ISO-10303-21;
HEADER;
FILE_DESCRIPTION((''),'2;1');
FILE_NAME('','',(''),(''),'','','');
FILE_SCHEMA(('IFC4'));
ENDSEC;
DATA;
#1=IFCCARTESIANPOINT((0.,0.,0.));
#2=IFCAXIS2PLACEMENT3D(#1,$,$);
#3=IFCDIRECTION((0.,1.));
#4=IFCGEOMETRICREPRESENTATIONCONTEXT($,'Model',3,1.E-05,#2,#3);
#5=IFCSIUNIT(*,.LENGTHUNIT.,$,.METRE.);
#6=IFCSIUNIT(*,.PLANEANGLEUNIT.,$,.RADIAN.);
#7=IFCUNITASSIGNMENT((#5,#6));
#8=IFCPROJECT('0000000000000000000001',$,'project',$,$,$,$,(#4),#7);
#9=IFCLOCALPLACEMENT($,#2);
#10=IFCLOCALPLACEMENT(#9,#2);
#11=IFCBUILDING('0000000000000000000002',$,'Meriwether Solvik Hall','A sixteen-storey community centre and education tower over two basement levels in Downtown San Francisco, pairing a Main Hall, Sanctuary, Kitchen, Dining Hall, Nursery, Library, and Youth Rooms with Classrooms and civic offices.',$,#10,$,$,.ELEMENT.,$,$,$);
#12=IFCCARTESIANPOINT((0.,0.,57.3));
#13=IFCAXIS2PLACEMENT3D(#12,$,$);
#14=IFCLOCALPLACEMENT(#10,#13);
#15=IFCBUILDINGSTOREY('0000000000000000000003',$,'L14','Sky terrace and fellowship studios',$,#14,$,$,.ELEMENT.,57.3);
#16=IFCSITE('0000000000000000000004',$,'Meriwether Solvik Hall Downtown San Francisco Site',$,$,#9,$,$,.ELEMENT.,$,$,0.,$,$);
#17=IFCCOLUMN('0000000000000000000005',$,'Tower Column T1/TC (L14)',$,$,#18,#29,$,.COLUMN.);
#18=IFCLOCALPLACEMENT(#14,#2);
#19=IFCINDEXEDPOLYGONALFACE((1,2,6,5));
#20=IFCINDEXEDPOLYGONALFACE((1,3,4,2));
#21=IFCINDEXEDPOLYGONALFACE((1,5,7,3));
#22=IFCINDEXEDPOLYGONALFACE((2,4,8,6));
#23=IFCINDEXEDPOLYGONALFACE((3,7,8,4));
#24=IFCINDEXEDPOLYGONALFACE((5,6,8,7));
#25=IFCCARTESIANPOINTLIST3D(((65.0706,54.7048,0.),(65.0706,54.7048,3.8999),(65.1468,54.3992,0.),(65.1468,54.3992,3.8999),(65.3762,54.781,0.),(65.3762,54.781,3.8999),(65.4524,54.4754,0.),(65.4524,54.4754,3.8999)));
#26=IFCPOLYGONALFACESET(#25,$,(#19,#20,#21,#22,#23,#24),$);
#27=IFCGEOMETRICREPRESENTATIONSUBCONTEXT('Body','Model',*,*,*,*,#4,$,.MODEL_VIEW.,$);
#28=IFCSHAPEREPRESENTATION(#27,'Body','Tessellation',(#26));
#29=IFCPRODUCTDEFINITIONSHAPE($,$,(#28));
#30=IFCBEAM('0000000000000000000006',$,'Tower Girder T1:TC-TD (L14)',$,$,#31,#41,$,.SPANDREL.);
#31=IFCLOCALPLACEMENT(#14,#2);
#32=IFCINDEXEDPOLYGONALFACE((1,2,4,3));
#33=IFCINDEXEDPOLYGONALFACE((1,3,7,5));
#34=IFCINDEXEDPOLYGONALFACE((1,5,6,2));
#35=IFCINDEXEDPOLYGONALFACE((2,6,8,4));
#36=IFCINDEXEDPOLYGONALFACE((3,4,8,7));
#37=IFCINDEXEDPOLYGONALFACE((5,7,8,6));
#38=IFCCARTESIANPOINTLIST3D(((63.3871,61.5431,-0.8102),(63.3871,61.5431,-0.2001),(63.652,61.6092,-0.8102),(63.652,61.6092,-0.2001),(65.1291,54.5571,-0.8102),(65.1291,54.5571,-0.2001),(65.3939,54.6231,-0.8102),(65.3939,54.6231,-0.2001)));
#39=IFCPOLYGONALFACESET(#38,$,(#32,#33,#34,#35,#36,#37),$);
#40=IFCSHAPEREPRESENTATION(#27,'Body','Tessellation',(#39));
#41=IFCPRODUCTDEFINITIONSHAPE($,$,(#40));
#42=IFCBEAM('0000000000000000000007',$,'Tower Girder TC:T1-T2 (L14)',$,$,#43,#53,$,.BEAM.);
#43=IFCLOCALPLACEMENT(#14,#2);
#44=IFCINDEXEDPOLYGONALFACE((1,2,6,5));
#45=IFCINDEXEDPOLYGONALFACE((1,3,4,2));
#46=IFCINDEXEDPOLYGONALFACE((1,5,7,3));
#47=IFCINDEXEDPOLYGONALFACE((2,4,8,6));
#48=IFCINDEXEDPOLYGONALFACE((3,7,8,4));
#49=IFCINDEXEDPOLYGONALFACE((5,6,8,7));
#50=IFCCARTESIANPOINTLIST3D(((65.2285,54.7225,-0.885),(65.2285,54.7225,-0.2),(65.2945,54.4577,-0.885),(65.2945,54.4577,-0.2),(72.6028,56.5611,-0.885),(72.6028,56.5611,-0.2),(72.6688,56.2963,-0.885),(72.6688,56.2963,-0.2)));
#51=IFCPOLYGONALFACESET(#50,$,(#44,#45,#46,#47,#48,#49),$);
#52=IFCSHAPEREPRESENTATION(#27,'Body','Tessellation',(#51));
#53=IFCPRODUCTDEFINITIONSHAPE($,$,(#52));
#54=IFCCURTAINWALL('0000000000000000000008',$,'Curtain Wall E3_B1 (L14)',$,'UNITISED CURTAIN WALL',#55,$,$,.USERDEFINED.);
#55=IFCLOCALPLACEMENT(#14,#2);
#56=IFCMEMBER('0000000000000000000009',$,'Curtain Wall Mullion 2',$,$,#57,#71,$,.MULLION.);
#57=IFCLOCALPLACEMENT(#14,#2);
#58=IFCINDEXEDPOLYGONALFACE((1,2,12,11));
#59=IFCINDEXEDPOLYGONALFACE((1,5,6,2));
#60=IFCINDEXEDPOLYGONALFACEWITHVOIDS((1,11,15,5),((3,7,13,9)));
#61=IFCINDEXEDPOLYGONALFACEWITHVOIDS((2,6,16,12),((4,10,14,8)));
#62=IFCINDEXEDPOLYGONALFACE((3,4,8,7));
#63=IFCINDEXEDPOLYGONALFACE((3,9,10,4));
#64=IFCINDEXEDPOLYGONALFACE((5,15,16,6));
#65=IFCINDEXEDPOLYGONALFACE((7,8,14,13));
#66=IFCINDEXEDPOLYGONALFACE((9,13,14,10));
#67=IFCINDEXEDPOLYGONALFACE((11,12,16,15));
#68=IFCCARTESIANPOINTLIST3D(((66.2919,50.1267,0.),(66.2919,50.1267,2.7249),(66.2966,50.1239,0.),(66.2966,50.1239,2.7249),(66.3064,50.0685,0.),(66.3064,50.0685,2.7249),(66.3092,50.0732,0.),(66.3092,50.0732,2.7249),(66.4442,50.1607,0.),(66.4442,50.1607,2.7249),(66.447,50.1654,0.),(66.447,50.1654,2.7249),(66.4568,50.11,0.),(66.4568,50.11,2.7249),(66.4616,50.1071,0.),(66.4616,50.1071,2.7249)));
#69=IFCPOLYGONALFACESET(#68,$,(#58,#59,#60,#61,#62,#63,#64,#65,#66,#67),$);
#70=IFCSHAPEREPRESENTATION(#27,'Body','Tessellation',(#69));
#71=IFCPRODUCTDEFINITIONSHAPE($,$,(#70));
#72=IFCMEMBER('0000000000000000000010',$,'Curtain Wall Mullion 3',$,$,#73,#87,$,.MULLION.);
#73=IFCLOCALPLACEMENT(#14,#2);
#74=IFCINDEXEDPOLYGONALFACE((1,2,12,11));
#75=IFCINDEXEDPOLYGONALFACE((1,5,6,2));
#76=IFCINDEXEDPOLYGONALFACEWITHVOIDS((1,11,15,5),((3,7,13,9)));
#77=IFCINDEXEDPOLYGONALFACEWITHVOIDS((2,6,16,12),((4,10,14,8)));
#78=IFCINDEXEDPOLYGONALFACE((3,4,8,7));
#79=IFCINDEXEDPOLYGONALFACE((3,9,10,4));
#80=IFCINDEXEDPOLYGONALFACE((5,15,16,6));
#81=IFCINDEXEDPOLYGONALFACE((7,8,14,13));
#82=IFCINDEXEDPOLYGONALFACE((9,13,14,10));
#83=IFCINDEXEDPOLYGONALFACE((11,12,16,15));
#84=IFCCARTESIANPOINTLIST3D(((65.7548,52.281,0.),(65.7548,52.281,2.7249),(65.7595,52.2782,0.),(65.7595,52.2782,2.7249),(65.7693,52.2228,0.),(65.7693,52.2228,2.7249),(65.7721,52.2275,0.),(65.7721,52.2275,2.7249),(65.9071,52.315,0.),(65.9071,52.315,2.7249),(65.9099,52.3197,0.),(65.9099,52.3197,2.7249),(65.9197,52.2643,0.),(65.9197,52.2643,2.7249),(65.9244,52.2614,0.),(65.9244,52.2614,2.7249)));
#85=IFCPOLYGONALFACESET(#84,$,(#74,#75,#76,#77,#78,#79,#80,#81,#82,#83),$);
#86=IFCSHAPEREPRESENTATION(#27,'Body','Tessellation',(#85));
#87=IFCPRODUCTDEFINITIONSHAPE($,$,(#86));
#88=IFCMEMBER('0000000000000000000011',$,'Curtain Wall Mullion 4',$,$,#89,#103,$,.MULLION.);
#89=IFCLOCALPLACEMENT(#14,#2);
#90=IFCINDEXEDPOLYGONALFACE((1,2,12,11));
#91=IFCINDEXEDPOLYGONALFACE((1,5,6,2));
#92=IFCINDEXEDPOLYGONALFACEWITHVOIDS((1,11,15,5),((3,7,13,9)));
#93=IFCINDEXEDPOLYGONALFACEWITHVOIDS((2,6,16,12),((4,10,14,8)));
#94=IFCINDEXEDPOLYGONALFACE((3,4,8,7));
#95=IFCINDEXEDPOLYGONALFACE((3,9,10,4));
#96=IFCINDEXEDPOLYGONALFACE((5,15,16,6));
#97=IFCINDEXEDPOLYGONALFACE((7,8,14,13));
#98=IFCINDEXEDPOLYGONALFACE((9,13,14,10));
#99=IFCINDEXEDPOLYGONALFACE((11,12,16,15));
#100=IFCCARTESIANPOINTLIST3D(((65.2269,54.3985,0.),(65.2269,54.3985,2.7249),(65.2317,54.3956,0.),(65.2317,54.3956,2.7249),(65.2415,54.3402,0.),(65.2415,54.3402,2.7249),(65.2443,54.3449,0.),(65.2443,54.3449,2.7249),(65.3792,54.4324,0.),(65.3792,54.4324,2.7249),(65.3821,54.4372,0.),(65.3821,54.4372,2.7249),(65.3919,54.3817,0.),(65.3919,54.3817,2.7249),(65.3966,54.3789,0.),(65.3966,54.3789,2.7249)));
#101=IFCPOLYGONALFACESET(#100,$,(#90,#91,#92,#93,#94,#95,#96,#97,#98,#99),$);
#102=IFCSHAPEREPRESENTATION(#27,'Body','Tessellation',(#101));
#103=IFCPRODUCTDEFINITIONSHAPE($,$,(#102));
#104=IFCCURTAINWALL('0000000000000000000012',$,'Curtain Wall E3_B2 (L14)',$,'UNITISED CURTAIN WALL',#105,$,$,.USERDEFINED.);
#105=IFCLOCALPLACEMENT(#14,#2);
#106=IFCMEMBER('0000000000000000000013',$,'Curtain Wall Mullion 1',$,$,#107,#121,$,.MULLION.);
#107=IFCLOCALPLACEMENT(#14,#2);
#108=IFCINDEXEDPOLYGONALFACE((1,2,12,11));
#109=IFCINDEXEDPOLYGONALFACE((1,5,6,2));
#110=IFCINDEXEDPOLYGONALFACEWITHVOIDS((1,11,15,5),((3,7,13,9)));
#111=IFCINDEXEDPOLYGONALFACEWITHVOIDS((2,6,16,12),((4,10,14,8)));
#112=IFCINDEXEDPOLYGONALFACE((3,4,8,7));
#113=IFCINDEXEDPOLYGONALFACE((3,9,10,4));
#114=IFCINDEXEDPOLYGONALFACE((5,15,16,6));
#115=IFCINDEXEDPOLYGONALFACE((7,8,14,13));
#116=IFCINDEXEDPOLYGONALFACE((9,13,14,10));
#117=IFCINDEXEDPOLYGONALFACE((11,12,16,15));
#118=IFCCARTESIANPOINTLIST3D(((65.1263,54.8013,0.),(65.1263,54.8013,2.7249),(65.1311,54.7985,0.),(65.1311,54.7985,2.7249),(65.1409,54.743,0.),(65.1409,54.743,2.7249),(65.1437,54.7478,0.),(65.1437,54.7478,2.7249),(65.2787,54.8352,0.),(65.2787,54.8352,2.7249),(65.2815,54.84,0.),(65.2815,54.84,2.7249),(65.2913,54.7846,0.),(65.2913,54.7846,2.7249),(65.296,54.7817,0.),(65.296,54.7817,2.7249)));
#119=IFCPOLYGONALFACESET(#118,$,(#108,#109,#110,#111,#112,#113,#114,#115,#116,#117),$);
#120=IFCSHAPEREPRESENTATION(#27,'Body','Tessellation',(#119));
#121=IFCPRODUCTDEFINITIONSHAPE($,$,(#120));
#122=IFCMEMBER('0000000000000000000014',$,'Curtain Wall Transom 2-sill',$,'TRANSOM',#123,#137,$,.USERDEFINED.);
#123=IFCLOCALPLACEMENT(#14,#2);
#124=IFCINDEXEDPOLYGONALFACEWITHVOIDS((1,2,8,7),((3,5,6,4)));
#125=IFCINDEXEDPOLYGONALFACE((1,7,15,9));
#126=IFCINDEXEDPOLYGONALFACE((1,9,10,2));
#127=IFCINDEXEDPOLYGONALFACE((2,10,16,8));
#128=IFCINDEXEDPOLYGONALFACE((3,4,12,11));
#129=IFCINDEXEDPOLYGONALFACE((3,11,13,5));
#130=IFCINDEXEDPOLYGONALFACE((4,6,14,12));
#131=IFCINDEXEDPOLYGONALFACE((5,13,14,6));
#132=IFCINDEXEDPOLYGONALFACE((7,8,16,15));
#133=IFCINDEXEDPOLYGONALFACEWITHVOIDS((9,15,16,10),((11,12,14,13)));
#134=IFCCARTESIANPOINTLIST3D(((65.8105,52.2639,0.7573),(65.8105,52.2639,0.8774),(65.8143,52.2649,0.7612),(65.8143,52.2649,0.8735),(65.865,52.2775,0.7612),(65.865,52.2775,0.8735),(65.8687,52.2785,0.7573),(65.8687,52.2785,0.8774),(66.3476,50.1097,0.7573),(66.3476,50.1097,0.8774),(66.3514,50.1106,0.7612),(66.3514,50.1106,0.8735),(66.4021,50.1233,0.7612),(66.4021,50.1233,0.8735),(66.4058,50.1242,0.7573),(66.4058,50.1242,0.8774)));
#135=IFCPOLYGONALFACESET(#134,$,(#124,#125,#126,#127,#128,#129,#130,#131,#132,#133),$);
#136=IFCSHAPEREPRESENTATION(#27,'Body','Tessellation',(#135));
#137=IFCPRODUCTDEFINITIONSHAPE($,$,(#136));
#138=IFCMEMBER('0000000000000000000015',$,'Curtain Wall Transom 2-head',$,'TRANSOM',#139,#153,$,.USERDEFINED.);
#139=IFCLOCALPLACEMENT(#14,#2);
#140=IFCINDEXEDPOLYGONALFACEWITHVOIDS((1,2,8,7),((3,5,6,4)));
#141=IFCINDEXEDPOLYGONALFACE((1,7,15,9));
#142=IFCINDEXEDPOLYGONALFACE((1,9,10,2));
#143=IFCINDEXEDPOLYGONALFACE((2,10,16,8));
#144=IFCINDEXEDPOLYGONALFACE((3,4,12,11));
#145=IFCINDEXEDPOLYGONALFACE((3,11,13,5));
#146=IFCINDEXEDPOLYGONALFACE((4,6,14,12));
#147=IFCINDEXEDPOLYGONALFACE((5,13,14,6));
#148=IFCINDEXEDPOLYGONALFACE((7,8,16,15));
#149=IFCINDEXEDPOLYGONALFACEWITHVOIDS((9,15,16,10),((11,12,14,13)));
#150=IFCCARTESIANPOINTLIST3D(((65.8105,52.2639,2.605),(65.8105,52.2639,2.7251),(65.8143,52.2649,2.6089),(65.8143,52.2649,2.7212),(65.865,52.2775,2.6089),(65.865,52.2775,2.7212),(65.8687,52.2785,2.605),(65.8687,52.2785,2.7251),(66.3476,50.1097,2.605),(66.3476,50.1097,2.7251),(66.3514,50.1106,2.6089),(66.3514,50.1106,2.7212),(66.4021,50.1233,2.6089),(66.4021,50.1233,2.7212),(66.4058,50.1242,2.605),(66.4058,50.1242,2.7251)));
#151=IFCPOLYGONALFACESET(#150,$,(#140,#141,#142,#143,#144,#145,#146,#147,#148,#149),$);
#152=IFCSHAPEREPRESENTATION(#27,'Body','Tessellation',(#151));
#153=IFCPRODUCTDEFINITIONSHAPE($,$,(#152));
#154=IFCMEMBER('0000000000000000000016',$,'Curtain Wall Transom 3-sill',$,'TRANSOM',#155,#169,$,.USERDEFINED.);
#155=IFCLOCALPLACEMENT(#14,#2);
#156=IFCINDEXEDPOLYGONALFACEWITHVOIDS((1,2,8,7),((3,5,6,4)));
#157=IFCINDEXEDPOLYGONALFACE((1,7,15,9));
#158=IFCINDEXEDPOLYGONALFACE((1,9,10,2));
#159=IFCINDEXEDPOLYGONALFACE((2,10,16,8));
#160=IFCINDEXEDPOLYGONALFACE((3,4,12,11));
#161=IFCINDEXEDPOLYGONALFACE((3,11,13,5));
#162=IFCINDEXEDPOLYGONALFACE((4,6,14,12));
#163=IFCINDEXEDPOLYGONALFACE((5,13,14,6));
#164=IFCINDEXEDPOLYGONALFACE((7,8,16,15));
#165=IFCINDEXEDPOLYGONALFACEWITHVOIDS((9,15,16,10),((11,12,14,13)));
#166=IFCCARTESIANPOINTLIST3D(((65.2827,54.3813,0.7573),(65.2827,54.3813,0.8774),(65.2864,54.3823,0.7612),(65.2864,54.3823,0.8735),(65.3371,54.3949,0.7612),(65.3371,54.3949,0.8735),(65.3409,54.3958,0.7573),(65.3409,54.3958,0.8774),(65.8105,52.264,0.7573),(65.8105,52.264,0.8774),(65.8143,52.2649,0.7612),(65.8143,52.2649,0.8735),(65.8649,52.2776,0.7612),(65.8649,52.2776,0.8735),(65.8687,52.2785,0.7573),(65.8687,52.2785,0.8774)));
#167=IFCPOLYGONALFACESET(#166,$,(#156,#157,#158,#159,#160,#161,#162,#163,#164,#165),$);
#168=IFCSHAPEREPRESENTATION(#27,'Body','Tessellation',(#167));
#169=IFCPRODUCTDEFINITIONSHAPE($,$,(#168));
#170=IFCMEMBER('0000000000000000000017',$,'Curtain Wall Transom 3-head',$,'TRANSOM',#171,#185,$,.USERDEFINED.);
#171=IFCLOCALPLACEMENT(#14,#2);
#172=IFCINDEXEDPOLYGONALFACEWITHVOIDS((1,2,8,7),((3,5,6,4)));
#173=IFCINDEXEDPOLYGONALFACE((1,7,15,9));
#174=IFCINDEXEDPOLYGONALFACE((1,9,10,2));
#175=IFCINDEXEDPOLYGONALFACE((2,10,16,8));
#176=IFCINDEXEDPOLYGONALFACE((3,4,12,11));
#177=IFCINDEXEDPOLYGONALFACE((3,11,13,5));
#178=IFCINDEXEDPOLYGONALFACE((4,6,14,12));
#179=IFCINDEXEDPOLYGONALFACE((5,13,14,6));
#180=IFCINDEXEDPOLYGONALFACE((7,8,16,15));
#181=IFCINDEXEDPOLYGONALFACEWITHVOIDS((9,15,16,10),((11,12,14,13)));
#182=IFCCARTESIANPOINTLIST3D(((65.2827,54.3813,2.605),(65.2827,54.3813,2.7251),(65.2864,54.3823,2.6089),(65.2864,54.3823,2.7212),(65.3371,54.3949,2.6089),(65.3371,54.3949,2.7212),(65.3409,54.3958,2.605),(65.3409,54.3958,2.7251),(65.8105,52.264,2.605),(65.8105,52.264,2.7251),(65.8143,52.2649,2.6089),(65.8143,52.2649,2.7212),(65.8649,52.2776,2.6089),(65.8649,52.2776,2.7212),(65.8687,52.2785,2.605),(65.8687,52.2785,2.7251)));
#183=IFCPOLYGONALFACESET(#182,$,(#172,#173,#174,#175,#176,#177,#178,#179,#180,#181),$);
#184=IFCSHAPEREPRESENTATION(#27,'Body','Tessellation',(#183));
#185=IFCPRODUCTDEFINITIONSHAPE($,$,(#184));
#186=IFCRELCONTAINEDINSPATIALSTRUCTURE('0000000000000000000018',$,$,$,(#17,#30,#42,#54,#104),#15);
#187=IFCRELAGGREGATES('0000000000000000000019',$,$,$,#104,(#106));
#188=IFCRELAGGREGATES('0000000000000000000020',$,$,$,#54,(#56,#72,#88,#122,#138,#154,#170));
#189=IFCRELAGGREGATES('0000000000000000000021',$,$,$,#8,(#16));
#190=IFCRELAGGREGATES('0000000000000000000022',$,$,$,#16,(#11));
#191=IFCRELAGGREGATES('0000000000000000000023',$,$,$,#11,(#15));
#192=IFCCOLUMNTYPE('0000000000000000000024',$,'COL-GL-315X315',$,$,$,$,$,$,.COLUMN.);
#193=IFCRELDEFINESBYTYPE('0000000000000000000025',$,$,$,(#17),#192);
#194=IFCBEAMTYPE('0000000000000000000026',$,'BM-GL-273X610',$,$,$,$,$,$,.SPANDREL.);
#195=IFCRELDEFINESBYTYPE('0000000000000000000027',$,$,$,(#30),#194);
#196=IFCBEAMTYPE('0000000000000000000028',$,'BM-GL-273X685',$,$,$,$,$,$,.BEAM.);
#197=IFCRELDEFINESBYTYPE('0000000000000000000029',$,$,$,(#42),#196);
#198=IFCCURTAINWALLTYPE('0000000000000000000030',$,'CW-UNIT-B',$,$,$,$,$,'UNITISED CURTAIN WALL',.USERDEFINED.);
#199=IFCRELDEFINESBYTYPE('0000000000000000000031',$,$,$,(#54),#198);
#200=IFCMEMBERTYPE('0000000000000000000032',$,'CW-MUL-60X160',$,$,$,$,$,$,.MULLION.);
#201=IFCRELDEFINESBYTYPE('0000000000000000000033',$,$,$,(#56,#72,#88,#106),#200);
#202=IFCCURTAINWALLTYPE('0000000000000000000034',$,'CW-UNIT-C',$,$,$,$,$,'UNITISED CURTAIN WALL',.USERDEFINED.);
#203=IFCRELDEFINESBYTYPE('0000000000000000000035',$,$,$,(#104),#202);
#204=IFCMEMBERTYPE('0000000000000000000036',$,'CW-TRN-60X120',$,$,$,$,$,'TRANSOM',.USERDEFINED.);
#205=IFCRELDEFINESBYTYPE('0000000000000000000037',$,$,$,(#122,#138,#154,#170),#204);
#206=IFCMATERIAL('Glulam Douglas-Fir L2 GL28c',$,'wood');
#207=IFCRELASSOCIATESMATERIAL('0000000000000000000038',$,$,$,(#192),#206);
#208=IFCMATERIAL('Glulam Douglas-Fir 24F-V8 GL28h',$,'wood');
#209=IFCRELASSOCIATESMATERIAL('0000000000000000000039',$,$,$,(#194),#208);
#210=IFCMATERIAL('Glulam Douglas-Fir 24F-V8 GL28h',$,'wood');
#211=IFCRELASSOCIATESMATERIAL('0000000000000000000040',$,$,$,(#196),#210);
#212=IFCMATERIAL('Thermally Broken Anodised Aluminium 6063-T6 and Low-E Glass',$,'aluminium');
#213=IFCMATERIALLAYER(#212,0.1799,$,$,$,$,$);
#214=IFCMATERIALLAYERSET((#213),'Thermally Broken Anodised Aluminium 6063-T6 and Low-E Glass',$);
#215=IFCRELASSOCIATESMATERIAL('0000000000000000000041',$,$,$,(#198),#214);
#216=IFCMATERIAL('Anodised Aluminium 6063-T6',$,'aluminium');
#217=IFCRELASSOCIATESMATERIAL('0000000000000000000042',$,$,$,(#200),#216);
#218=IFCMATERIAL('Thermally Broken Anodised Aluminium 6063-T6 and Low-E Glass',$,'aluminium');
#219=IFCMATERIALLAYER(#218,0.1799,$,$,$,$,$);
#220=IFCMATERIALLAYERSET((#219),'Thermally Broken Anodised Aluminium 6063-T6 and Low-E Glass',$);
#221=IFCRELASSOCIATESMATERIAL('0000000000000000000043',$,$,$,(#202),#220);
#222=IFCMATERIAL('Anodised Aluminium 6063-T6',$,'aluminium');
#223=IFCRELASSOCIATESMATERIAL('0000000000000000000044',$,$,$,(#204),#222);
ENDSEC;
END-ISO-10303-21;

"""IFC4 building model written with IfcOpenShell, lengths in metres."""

from ifc_helpers import new_model, si_unit, direction, frame, origin, origin_2d, place, context, subcontext, project, spatial, rectangle, hollow_rectangle, extrude, material, layer, layer_set, material_profile, profile_set, type_object, element, aggregate, save


model = new_model("IFC4")

# Units and contexts
model_context = context("Model", 3, precision=1e-05, world=origin(), true_north=direction((0.0, 1.0)))
body_context = subcontext(model_context, "Body", "Model", "MODEL_VIEW")
ifc_project = project(units=[si_unit("LENGTHUNIT", "METRE"), si_unit("PLANEANGLEUNIT", "RADIAN")], contexts=[model_context])

# Site, building, storey
site_placement = place(None, origin())
site = spatial("IfcSite", under=ifc_project, at=site_placement, Name="Meriwether Solvik Hall Downtown San Francisco Site", CompositionType="ELEMENT", RefElevation=0.0)
building_placement = place(site_placement, origin())
building = spatial("IfcBuilding", under=site, at=building_placement, Name="Meriwether Solvik Hall", Description="A sixteen-storey community centre and education tower over two basement levels in Downtown San Francisco, pairing a Main Hall, Sanctuary, Kitchen, Dining Hall, Nursery, Library, and Youth Rooms with Classrooms and civic offices.", CompositionType="ELEMENT")
storey_placement = place(building_placement, frame((0.0, 0.0, 57.3)))
storey = spatial("IfcBuildingStorey", under=building, at=storey_placement, Name="L14", Description="Sky terrace and fellowship studios", CompositionType="ELEMENT", Elevation=57.3)

# Column
ifc_material_1 = material(Name="Glulam Douglas-Fir L2 GL28c", Category="wood")
ifc_material_profile_1 = material_profile(ifc_material_1, rectangle(XDim=0.3149, YDim=0.3149, at=origin_2d()), Name="GLC-315X315")
ifc_profile_set_1 = profile_set([ifc_material_profile_1], Name="Glulam Douglas-Fir L2 GL28c")
column_type = type_object("IfcColumnType", Name="COL-GL-315X315", PredefinedType="COLUMN", material=ifc_profile_set_1)
column_placement = place(storey_placement, frame((65.2615, 54.5901, 0.0), z_axis=(0.0, 0.0, 1.0), x_axis=(0.970296, 0.241922, 0.0)))
element("IfcColumn", 1, at=column_placement, inside=storey, type_object=column_type, Name="Tower Column T1/TC (L14)", PredefinedType="COLUMN", context=body_context, shape_type="SweptSolid", body=[
    extrude(rectangle(XDim=0.3149, YDim=0.3149, at=origin_2d()), origin(), (0.0, 0.0, 1.0), 3.8999),
])

# Beams
ifc_material_2 = material(Name="Glulam Douglas-Fir 24F-V8 GL28h", Category="wood")
ifc_material_profile_2 = material_profile(ifc_material_2, rectangle(XDim=0.2729, YDim=0.6101, at=origin_2d()), Name="GLB-273X610")
ifc_profile_set_2 = profile_set([ifc_material_profile_2], Name="Glulam Douglas-Fir 24F-V8 GL28h")
beam_type_1 = type_object("IfcBeamType", Name="BM-GL-273X610", PredefinedType="SPANDREL", material=ifc_profile_set_2)
beam_1_placement = place(storey_placement, frame((65.2615, 54.5901, -0.5051), z_axis=(-0.241937, 0.970292, 0.0), x_axis=(-0.970292, -0.241937, 0.0)))
element("IfcBeam", 2, at=beam_1_placement, inside=storey, type_object=beam_type_1, Name="Tower Girder T1:TC-TD (L14)", PredefinedType="SPANDREL", context=body_context, shape_type="SweptSolid", body=[
    extrude(rectangle(XDim=0.2729, YDim=0.6101, at=origin_2d()), origin(), (0.0, 0.0, 1.0), 7.2),
])
ifc_material_3 = material(Name="Glulam Douglas-Fir 24F-V8 GL28h", Category="wood")
ifc_material_profile_3 = material_profile(ifc_material_3, rectangle(XDim=0.2729, YDim=0.6851, at=origin_2d()), Name="GLB-273X685")
ifc_profile_set_3 = profile_set([ifc_material_profile_3], Name="Glulam Douglas-Fir 24F-V8 GL28h")
beam_type_2 = type_object("IfcBeamType", Name="BM-GL-273X685", PredefinedType="BEAM", material=ifc_profile_set_3)
beam_2_placement = place(storey_placement, frame((65.2615, 54.5901, -0.5425), z_axis=(0.970295, 0.241923, 0.0), x_axis=(-0.241923, 0.970295, 0.0)))
element("IfcBeam", 3, at=beam_2_placement, inside=storey, type_object=beam_type_2, Name="Tower Girder TC:T1-T2 (L14)", PredefinedType="BEAM", context=body_context, shape_type="SweptSolid", body=[
    extrude(rectangle(XDim=0.2729, YDim=0.6851, at=origin_2d()), origin(), (0.0, 0.0, 1.0), 7.6001),
])

# Curtain wall, members
ifc_material_4 = material(Name="Thermally Broken Anodised Aluminium 6063-T6 and Low-E Glass", Category="aluminium")
ifc_layer_1 = layer(ifc_material_4, 0.1799)
ifc_layer_set_1 = layer_set([ifc_layer_1], Name="Thermally Broken Anodised Aluminium 6063-T6 and Low-E Glass")
curtain_wall_type_1 = type_object("IfcCurtainWallType", Name="CW-UNIT-B", ElementType="UNITISED CURTAIN WALL", PredefinedType="USERDEFINED", material=ifc_layer_set_1)
curtain_wall_1_placement = place(storey_placement, origin())
curtain_wall_1 = element("IfcCurtainWall", 4, at=curtain_wall_1_placement, inside=storey, type_object=curtain_wall_type_1, Name="Curtain Wall E3_B1 (L14)", ObjectType="UNITISED CURTAIN WALL", PredefinedType="USERDEFINED")
ifc_material_5 = material(Name="Anodised Aluminium 6063-T6", Category="aluminium")
ifc_material_profile_4 = material_profile(ifc_material_5, hollow_rectangle(XDim=0.0601, YDim=0.1599, WallThickness=0.0039, at=origin_2d()), Name="CWM-60X160")
ifc_profile_set_4 = profile_set([ifc_material_profile_4], Name="Anodised Aluminium 6063-T6")
member_type_1 = type_object("IfcMemberType", Name="CW-MUL-60X160", PredefinedType="MULLION", material=ifc_profile_set_4)
member_1_placement = place(storey_placement, frame((66.3767, 50.1169, 0.0), z_axis=(0.0, 0.0, 1.0), x_axis=(-0.241922, 0.970296, 0.0)))
member_1 = element("IfcMember", 5, at=member_1_placement, type_object=member_type_1, Name="Curtain Wall Mullion 2", PredefinedType="MULLION", context=body_context, shape_type="SweptSolid", body=[
    extrude(hollow_rectangle(XDim=0.0601, YDim=0.1599, WallThickness=0.0039, at=origin_2d()), origin(), (0.0, 0.0, 1.0), 2.7249),
])
member_2_placement = place(storey_placement, frame((65.8396, 52.2712, 0.0), z_axis=(0.0, 0.0, 1.0), x_axis=(-0.241922, 0.970296, 0.0)))
member_2 = element("IfcMember", 6, at=member_2_placement, type_object=member_type_1, Name="Curtain Wall Mullion 3", PredefinedType="MULLION", context=body_context, shape_type="SweptSolid", body=[
    extrude(hollow_rectangle(XDim=0.0601, YDim=0.1599, WallThickness=0.0039, at=origin_2d()), origin(), (0.0, 0.0, 1.0), 2.7249),
])
member_3_placement = place(storey_placement, frame((65.3118, 54.3887, 0.0), z_axis=(0.0, 0.0, 1.0), x_axis=(-0.241922, 0.970296, 0.0)))
member_3 = element("IfcMember", 7, at=member_3_placement, type_object=member_type_1, Name="Curtain Wall Mullion 4", PredefinedType="MULLION", context=body_context, shape_type="SweptSolid", body=[
    extrude(hollow_rectangle(XDim=0.0601, YDim=0.1599, WallThickness=0.0039, at=origin_2d()), origin(), (0.0, 0.0, 1.0), 2.7249),
])

# Curtain wall, member
ifc_material_6 = material(Name="Thermally Broken Anodised Aluminium 6063-T6 and Low-E Glass", Category="aluminium")
ifc_layer_2 = layer(ifc_material_6, 0.1799)
ifc_layer_set_2 = layer_set([ifc_layer_2], Name="Thermally Broken Anodised Aluminium 6063-T6 and Low-E Glass")
curtain_wall_type_2 = type_object("IfcCurtainWallType", Name="CW-UNIT-C", ElementType="UNITISED CURTAIN WALL", PredefinedType="USERDEFINED", material=ifc_layer_set_2)
curtain_wall_2_placement = place(storey_placement, origin())
curtain_wall_2 = element("IfcCurtainWall", 8, at=curtain_wall_2_placement, inside=storey, type_object=curtain_wall_type_2, Name="Curtain Wall E3_B2 (L14)", ObjectType="UNITISED CURTAIN WALL", PredefinedType="USERDEFINED")
member_4_placement = place(storey_placement, frame((65.2112, 54.7915, 0.0), z_axis=(0.0, 0.0, 1.0), x_axis=(-0.241922, 0.970296, 0.0)))
member_4 = element("IfcMember", 9, at=member_4_placement, type_object=member_type_1, Name="Curtain Wall Mullion 1", PredefinedType="MULLION", context=body_context, shape_type="SweptSolid", body=[
    extrude(hollow_rectangle(XDim=0.0601, YDim=0.1599, WallThickness=0.0039, at=origin_2d()), origin(), (0.0, 0.0, 1.0), 2.7249),
])

# Members
ifc_material_7 = material(Name="Anodised Aluminium 6063-T6", Category="aluminium")
ifc_material_profile_5 = material_profile(ifc_material_7, hollow_rectangle(XDim=0.0601, YDim=0.1201, WallThickness=0.0039, at=origin_2d()), Name="CWT-60X120")
ifc_profile_set_5 = profile_set([ifc_material_profile_5], Name="Anodised Aluminium 6063-T6")
member_type_2 = type_object("IfcMemberType", Name="CW-TRN-60X120", ElementType="TRANSOM", PredefinedType="USERDEFINED", material=ifc_profile_set_5)
member_5_placement = place(storey_placement, frame((66.3767, 50.1169, 0.8174), z_axis=(-0.241915, 0.970298, 0.0), x_axis=(-0.970298, -0.241915, 0.0)))
member_5 = element("IfcMember", 10, at=member_5_placement, type_object=member_type_2, Name="Curtain Wall Transom 2-sill", ObjectType="TRANSOM", PredefinedType="USERDEFINED", context=body_context, shape_type="SweptSolid", body=[
    extrude(hollow_rectangle(XDim=0.0601, YDim=0.1201, WallThickness=0.0039, at=origin_2d()), origin(), (0.0, 0.0, 1.0), 2.2202),
])
member_6_placement = place(storey_placement, frame((66.3767, 50.1169, 2.665), z_axis=(-0.241915, 0.970298, 0.0), x_axis=(-0.970298, -0.241915, 0.0)))
member_6 = element("IfcMember", 11, at=member_6_placement, type_object=member_type_2, Name="Curtain Wall Transom 2-head", ObjectType="TRANSOM", PredefinedType="USERDEFINED", context=body_context, shape_type="SweptSolid", body=[
    extrude(hollow_rectangle(XDim=0.0601, YDim=0.1201, WallThickness=0.0039, at=origin_2d()), origin(), (0.0, 0.0, 1.0), 2.2202),
])
member_7_placement = place(storey_placement, frame((65.8396, 52.2712, 0.8174), z_axis=(-0.241877, 0.970307, 0.0), x_axis=(-0.970307, -0.241877, 0.0)))
member_7 = element("IfcMember", 12, at=member_7_placement, type_object=member_type_2, Name="Curtain Wall Transom 3-sill", ObjectType="TRANSOM", PredefinedType="USERDEFINED", context=body_context, shape_type="SweptSolid", body=[
    extrude(hollow_rectangle(XDim=0.0601, YDim=0.1201, WallThickness=0.0039, at=origin_2d()), origin(), (0.0, 0.0, 1.0), 2.1821),
])
member_8_placement = place(storey_placement, frame((65.8396, 52.2712, 2.665), z_axis=(-0.241877, 0.970307, 0.0), x_axis=(-0.970307, -0.241877, 0.0)))
member_8 = element("IfcMember", 13, at=member_8_placement, type_object=member_type_2, Name="Curtain Wall Transom 3-head", ObjectType="TRANSOM", PredefinedType="USERDEFINED", context=body_context, shape_type="SweptSolid", body=[
    extrude(hollow_rectangle(XDim=0.0601, YDim=0.1201, WallThickness=0.0039, at=origin_2d()), origin(), (0.0, 0.0, 1.0), 2.1821),
])
aggregate(curtain_wall_2, [member_4])

aggregate(curtain_wall_1, [member_1, member_2, member_3, member_5, member_6, member_7, member_8])

save(model, "model.ifc")
